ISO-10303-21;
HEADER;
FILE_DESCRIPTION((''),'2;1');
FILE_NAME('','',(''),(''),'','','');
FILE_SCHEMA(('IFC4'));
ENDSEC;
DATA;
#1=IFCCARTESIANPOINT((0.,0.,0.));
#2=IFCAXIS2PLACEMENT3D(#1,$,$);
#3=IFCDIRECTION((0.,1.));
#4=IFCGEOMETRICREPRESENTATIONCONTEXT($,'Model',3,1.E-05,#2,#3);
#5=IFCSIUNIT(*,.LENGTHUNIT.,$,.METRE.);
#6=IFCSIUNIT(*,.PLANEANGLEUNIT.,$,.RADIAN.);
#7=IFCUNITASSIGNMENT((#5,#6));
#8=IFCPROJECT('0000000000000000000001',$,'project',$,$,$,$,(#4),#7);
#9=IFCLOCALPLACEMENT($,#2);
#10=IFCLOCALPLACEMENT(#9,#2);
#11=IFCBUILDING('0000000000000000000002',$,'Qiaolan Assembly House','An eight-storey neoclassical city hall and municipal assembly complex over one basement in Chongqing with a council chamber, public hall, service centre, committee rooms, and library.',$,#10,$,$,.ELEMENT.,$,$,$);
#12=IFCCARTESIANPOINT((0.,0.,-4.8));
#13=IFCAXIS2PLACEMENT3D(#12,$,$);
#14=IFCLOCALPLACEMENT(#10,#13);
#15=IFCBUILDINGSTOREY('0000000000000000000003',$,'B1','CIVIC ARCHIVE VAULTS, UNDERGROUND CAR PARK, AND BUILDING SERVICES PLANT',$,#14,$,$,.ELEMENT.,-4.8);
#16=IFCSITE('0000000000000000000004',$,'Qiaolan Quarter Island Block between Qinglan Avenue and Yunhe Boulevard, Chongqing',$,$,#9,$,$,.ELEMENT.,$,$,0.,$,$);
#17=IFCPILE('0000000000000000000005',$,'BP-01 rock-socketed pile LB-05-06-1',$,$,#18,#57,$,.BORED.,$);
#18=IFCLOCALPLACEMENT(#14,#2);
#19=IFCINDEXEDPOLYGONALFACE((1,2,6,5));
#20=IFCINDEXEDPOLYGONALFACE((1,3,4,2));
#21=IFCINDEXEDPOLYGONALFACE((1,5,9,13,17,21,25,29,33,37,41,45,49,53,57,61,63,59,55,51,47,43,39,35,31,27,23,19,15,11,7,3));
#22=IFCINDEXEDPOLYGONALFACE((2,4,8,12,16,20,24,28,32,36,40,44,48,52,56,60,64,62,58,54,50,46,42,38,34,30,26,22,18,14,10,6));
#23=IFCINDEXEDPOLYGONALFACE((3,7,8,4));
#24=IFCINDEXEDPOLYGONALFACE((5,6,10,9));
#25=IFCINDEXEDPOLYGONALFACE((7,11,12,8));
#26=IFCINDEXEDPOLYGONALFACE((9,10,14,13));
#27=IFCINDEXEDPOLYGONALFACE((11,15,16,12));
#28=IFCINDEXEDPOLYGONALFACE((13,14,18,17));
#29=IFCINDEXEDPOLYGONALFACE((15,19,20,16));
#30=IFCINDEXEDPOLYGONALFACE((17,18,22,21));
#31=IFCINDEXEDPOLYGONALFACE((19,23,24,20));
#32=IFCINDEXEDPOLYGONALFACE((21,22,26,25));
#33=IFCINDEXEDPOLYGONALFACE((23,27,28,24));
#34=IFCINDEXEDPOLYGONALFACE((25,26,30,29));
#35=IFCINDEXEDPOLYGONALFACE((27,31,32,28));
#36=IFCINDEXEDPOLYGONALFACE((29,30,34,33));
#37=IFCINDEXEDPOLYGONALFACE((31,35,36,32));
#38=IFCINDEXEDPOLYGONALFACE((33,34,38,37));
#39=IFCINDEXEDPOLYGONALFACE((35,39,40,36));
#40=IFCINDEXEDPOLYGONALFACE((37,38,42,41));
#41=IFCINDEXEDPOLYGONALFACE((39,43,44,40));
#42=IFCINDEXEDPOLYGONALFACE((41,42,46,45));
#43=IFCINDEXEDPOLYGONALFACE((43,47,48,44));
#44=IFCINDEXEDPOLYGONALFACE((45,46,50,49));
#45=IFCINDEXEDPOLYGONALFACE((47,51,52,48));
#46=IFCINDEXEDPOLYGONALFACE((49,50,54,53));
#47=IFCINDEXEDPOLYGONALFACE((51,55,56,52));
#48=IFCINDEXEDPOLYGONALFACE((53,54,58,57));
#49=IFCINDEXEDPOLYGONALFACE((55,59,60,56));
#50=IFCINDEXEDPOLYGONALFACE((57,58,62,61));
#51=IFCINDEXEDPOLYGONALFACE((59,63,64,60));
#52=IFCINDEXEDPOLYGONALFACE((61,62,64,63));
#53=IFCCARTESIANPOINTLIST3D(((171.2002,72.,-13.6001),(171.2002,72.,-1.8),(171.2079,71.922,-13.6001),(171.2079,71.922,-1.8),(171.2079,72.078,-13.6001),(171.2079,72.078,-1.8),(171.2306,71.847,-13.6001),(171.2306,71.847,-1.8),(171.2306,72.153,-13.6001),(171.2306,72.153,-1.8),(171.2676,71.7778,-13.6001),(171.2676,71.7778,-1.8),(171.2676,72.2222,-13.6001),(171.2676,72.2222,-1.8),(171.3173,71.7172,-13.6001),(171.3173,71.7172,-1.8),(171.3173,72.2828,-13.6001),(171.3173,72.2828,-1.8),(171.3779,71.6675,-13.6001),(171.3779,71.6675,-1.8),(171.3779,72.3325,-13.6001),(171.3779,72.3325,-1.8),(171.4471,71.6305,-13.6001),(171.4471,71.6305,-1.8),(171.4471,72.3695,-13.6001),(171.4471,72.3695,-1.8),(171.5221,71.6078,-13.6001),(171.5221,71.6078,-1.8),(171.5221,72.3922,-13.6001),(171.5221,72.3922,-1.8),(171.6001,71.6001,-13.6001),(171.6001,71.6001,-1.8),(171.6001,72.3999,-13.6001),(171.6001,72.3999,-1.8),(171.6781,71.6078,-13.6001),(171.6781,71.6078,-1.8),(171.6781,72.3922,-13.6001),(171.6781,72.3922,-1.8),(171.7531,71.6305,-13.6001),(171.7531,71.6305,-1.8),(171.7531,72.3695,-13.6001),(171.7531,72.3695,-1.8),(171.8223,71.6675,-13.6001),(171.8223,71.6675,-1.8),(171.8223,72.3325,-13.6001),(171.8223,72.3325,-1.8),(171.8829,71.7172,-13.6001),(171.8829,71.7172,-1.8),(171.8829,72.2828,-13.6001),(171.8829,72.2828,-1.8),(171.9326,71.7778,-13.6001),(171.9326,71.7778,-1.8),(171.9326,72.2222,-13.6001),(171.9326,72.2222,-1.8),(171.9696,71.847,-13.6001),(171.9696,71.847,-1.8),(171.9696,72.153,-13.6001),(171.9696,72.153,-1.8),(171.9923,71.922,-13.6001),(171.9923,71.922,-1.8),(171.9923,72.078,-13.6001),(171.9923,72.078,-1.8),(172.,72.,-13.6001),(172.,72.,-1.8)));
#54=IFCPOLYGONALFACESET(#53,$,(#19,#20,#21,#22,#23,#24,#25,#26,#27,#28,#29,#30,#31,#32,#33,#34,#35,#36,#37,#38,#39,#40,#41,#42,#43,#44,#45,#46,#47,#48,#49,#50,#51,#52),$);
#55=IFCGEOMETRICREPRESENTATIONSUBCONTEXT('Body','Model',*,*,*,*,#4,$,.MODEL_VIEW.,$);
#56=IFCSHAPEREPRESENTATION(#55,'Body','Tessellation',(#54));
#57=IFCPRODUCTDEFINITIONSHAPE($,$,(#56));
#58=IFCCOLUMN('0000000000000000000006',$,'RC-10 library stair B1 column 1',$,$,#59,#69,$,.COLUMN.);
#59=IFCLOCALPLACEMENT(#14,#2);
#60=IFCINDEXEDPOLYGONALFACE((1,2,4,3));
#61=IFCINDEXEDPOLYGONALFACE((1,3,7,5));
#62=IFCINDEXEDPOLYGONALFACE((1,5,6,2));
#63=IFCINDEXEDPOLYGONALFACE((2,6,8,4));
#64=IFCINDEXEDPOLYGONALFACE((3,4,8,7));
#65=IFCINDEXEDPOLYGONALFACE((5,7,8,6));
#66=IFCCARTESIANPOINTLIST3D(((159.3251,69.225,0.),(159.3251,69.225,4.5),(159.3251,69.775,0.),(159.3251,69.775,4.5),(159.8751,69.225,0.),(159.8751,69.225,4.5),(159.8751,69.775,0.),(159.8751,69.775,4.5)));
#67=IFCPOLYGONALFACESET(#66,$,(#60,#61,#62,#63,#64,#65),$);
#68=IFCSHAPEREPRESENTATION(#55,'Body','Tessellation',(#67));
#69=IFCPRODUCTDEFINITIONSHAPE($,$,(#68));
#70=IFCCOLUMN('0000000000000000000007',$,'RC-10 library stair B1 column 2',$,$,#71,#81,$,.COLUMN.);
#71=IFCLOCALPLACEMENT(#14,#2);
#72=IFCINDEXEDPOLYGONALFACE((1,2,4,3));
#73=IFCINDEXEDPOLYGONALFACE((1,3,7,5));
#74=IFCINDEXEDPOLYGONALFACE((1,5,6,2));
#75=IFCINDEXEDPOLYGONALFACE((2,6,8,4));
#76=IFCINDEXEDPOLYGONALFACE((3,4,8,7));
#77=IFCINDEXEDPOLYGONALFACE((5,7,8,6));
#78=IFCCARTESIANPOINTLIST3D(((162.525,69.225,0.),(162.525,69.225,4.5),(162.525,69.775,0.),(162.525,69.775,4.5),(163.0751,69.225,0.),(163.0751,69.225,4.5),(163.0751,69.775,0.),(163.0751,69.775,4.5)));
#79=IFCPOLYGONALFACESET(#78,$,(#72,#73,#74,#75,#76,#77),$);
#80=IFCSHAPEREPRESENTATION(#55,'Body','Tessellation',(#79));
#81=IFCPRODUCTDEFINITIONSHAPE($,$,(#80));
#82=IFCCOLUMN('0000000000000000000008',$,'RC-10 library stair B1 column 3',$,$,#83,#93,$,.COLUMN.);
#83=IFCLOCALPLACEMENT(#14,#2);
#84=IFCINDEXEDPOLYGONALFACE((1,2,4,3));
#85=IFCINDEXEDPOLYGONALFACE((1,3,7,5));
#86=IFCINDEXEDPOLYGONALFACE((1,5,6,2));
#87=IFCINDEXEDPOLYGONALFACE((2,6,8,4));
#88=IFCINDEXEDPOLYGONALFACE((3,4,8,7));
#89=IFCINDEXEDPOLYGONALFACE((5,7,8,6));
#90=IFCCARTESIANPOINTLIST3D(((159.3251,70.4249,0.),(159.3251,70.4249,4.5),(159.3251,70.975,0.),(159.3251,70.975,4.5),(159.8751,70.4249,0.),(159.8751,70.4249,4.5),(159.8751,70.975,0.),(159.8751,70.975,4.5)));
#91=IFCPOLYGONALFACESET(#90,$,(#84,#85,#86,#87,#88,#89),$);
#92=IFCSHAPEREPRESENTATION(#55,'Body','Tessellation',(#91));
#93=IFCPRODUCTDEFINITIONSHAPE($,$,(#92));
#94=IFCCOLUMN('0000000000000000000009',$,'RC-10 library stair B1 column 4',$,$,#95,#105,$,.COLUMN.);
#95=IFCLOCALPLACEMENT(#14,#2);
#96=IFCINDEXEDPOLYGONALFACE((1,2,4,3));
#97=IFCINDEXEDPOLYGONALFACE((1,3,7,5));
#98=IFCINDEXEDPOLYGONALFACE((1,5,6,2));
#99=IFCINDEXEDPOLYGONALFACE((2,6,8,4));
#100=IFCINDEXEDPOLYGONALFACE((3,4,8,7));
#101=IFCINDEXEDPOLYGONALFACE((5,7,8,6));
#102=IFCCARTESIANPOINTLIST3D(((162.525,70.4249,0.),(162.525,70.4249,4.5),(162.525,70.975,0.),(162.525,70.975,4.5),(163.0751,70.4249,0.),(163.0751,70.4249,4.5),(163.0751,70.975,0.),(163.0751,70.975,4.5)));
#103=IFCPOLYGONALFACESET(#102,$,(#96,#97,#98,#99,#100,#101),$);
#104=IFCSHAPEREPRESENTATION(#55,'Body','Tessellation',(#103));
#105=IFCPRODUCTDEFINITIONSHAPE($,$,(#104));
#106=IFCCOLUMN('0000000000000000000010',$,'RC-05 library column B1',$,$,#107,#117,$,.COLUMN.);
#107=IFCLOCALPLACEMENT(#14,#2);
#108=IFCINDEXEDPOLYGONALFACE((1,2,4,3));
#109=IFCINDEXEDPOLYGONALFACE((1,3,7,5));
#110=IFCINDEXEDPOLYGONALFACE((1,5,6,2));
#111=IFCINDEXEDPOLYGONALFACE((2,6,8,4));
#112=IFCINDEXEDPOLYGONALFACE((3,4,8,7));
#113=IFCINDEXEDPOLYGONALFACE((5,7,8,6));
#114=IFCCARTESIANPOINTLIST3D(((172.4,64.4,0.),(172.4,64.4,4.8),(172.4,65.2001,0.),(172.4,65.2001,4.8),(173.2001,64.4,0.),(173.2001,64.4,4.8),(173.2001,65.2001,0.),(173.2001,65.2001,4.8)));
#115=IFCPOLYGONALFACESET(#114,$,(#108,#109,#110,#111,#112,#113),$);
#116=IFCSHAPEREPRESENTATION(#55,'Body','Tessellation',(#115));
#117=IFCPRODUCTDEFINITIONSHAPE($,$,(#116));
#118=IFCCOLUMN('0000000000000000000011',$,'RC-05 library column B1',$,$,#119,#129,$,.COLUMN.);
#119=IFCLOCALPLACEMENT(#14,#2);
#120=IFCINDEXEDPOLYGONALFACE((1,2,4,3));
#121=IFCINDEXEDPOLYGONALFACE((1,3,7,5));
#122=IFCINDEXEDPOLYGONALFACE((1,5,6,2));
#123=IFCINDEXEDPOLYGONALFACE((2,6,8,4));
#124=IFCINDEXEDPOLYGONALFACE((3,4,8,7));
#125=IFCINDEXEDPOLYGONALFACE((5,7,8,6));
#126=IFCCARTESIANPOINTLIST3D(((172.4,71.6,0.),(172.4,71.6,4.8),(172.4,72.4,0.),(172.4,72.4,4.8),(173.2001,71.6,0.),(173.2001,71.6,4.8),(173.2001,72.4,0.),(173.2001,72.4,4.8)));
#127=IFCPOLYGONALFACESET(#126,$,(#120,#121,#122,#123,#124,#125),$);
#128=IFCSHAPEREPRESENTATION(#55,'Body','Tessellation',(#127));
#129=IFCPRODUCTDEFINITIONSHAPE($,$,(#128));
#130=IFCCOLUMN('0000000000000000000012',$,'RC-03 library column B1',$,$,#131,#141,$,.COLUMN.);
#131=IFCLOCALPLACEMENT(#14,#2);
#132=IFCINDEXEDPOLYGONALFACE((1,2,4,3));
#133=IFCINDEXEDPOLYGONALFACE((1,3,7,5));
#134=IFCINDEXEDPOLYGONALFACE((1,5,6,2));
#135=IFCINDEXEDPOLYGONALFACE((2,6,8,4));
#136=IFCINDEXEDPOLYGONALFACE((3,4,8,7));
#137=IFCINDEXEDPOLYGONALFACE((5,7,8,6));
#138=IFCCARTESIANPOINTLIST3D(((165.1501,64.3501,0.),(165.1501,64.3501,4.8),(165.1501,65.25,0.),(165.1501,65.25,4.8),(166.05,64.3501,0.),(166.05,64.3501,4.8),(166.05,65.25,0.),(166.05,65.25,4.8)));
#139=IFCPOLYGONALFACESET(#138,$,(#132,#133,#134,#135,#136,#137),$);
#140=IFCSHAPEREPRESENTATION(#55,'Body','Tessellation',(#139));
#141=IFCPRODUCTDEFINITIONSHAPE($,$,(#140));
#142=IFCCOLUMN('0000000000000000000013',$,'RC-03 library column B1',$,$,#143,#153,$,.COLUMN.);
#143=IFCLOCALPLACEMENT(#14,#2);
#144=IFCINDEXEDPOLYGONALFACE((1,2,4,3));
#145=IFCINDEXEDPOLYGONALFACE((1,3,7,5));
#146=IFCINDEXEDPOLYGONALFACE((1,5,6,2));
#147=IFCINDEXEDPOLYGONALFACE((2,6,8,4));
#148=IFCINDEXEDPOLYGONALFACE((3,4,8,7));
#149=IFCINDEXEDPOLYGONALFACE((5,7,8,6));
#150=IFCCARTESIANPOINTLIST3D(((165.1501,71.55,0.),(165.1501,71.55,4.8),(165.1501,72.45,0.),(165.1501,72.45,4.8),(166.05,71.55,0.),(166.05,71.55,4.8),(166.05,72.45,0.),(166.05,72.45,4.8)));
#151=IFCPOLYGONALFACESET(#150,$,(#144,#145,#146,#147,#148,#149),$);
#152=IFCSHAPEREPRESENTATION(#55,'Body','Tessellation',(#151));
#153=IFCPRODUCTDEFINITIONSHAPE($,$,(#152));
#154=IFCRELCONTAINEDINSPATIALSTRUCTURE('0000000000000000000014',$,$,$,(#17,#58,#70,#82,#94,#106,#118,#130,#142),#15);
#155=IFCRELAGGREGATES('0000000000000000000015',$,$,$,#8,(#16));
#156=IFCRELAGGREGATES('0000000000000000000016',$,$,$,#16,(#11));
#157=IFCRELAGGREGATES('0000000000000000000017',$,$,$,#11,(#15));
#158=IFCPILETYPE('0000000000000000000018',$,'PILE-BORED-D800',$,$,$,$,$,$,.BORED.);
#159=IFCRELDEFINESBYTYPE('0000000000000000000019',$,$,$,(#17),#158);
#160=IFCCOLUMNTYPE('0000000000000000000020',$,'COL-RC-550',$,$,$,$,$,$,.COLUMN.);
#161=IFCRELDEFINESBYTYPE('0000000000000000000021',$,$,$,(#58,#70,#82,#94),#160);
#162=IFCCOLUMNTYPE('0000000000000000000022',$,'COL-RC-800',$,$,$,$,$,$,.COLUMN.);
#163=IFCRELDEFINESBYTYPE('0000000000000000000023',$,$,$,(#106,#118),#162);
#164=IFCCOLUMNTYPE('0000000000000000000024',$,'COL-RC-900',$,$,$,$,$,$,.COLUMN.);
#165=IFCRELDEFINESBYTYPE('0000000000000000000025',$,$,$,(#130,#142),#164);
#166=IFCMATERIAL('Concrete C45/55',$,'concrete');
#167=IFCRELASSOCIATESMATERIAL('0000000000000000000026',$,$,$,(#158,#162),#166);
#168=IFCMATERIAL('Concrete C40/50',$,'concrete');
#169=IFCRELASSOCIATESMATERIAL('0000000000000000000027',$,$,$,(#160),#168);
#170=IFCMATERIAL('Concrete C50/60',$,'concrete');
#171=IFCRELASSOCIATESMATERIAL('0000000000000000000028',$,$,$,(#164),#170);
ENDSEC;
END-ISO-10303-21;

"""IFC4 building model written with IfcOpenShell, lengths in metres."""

from ifc_helpers import new_model, si_unit, direction, frame, origin, origin_2d, place, context, subcontext, project, spatial, rectangle, circle, extrude, material, material_profile, profile_set, type_object, element, save


model = new_model("IFC4")

# Units and contexts
model_context = context("Model", 3, precision=1e-05, world=origin(), true_north=direction((0.0, 1.0)))
body_context = subcontext(model_context, "Body", "Model", "MODEL_VIEW")
ifc_project = project(units=[si_unit("LENGTHUNIT", "METRE"), si_unit("PLANEANGLEUNIT", "RADIAN")], contexts=[model_context])

# Site, building, storey
site_placement = place(None, origin())
site = spatial("IfcSite", under=ifc_project, at=site_placement, Name="Qiaolan Quarter Island Block between Qinglan Avenue and Yunhe Boulevard, Chongqing", CompositionType="ELEMENT", RefElevation=0.0)
building_placement = place(site_placement, origin())
building = spatial("IfcBuilding", under=site, at=building_placement, Name="Qiaolan Assembly House", Description="An eight-storey neoclassical city hall and municipal assembly complex over one basement in Chongqing with a council chamber, public hall, service centre, committee rooms, and library.", CompositionType="ELEMENT")
storey_placement = place(building_placement, frame((0.0, 0.0, -4.8)))
storey = spatial("IfcBuildingStorey", under=building, at=storey_placement, Name="B1", Description="CIVIC ARCHIVE VAULTS, UNDERGROUND CAR PARK, AND BUILDING SERVICES PLANT", CompositionType="ELEMENT", Elevation=-4.8)

# Shared definitions
ifc_material_1 = material(Name="Concrete C40/50", Category="concrete")

# Pile
ifc_material_2 = material(Name="Concrete C45/55", Category="concrete")
ifc_material_profile_1 = material_profile(ifc_material_2, circle(Radius=0.3999, at=origin_2d()), Name="PILE D800")
ifc_profile_set_1 = profile_set([ifc_material_profile_1], Name="Concrete C45/55")
pile_type = type_object("IfcPileType", Name="PILE-BORED-D800", PredefinedType="BORED", material=ifc_profile_set_1)
for number, where, z_axis, x_axis, name in (
    (1, (171.6001, 72.0, -1.8), (0.0, 0.0, -1.0), (1.0, 0.0, 0.0), "BP-01 rock-socketed pile LB-05-06-1"),
):
    element("IfcPile", number, at=place(storey_placement, frame(where, z_axis=z_axis, x_axis=x_axis)), inside=storey, type_object=pile_type, Name=name, PredefinedType="BORED", context=body_context, shape_type="SweptSolid", body=[
        extrude(circle(Radius=0.3999, at=origin_2d()), origin(), (0.0, 0.0, 1.0), 11.8),
    ])

# Columns
ifc_material_profile_2 = material_profile(ifc_material_1, rectangle(XDim=0.55, YDim=0.55, at=origin_2d()), Name="RC 550x550")
ifc_profile_set_2 = profile_set([ifc_material_profile_2], Name="Concrete C40/50")
column_type_1 = type_object("IfcColumnType", Name="COL-RC-550", PredefinedType="COLUMN", material=ifc_profile_set_2)
for number, where, z_axis, x_axis, name in (
    (2, (159.6001, 69.5, 0.0), (0.0, 0.0, 1.0), (1.0, 0.0, 0.0), "RC-10 library stair B1 column 1"),
    (3, (162.8, 69.5, 0.0), (0.0, 0.0, 1.0), (1.0, 0.0, 0.0), "RC-10 library stair B1 column 2"),
    (4, (159.6001, 70.7, 0.0), (0.0, 0.0, 1.0), (1.0, 0.0, 0.0), "RC-10 library stair B1 column 3"),
    (5, (162.8, 70.7, 0.0), (0.0, 0.0, 1.0), (1.0, 0.0, 0.0), "RC-10 library stair B1 column 4"),
):
    element("IfcColumn", number, at=place(storey_placement, frame(where, z_axis=z_axis, x_axis=x_axis)), inside=storey, type_object=column_type_1, Name=name, PredefinedType="COLUMN", context=body_context, shape_type="SweptSolid", body=[
        extrude(rectangle(XDim=0.55, YDim=0.55, at=origin_2d()), origin(), (0.0, 0.0, 1.0), 4.5),
    ])
ifc_material_profile_3 = material_profile(ifc_material_2, rectangle(XDim=0.8, YDim=0.8, at=origin_2d()), Name="RC 800x800")
ifc_profile_set_3 = profile_set([ifc_material_profile_3], Name="Concrete C45/55")
column_type_2 = type_object("IfcColumnType", Name="COL-RC-800", PredefinedType="COLUMN", material=ifc_profile_set_3)
for number, where, z_axis, x_axis, name in (
    (6, (172.8, 64.8, 0.0), (0.0, 0.0, 1.0), (1.0, 0.0, 0.0), "RC-05 library column B1"),
    (7, (172.8, 72.0, 0.0), (0.0, 0.0, 1.0), (1.0, 0.0, 0.0), "RC-05 library column B1"),
):
    element("IfcColumn", number, at=place(storey_placement, frame(where, z_axis=z_axis, x_axis=x_axis)), inside=storey, type_object=column_type_2, Name=name, PredefinedType="COLUMN", context=body_context, shape_type="SweptSolid", body=[
        extrude(rectangle(XDim=0.8, YDim=0.8, at=origin_2d()), origin(), (0.0, 0.0, 1.0), 4.8),
    ])
ifc_material_3 = material(Name="Concrete C50/60", Category="concrete")
ifc_material_profile_4 = material_profile(ifc_material_3, rectangle(XDim=0.8999, YDim=0.8999, at=origin_2d()), Name="RC 900x900")
ifc_profile_set_4 = profile_set([ifc_material_profile_4], Name="Concrete C50/60")
column_type_3 = type_object("IfcColumnType", Name="COL-RC-900", PredefinedType="COLUMN", material=ifc_profile_set_4)
for number, where, z_axis, x_axis, name in (
    (8, (165.6001, 64.8, 0.0), (0.0, 0.0, 1.0), (1.0, 0.0, 0.0), "RC-03 library column B1"),
    (9, (165.6001, 72.0, 0.0), (0.0, 0.0, 1.0), (1.0, 0.0, 0.0), "RC-03 library column B1"),
):
    element("IfcColumn", number, at=place(storey_placement, frame(where, z_axis=z_axis, x_axis=x_axis)), inside=storey, type_object=column_type_3, Name=name, PredefinedType="COLUMN", context=body_context, shape_type="SweptSolid", body=[
        extrude(rectangle(XDim=0.8999, YDim=0.8999, at=origin_2d()), origin(), (0.0, 0.0, 1.0), 4.8),
    ])

save(model, "model.ifc")
